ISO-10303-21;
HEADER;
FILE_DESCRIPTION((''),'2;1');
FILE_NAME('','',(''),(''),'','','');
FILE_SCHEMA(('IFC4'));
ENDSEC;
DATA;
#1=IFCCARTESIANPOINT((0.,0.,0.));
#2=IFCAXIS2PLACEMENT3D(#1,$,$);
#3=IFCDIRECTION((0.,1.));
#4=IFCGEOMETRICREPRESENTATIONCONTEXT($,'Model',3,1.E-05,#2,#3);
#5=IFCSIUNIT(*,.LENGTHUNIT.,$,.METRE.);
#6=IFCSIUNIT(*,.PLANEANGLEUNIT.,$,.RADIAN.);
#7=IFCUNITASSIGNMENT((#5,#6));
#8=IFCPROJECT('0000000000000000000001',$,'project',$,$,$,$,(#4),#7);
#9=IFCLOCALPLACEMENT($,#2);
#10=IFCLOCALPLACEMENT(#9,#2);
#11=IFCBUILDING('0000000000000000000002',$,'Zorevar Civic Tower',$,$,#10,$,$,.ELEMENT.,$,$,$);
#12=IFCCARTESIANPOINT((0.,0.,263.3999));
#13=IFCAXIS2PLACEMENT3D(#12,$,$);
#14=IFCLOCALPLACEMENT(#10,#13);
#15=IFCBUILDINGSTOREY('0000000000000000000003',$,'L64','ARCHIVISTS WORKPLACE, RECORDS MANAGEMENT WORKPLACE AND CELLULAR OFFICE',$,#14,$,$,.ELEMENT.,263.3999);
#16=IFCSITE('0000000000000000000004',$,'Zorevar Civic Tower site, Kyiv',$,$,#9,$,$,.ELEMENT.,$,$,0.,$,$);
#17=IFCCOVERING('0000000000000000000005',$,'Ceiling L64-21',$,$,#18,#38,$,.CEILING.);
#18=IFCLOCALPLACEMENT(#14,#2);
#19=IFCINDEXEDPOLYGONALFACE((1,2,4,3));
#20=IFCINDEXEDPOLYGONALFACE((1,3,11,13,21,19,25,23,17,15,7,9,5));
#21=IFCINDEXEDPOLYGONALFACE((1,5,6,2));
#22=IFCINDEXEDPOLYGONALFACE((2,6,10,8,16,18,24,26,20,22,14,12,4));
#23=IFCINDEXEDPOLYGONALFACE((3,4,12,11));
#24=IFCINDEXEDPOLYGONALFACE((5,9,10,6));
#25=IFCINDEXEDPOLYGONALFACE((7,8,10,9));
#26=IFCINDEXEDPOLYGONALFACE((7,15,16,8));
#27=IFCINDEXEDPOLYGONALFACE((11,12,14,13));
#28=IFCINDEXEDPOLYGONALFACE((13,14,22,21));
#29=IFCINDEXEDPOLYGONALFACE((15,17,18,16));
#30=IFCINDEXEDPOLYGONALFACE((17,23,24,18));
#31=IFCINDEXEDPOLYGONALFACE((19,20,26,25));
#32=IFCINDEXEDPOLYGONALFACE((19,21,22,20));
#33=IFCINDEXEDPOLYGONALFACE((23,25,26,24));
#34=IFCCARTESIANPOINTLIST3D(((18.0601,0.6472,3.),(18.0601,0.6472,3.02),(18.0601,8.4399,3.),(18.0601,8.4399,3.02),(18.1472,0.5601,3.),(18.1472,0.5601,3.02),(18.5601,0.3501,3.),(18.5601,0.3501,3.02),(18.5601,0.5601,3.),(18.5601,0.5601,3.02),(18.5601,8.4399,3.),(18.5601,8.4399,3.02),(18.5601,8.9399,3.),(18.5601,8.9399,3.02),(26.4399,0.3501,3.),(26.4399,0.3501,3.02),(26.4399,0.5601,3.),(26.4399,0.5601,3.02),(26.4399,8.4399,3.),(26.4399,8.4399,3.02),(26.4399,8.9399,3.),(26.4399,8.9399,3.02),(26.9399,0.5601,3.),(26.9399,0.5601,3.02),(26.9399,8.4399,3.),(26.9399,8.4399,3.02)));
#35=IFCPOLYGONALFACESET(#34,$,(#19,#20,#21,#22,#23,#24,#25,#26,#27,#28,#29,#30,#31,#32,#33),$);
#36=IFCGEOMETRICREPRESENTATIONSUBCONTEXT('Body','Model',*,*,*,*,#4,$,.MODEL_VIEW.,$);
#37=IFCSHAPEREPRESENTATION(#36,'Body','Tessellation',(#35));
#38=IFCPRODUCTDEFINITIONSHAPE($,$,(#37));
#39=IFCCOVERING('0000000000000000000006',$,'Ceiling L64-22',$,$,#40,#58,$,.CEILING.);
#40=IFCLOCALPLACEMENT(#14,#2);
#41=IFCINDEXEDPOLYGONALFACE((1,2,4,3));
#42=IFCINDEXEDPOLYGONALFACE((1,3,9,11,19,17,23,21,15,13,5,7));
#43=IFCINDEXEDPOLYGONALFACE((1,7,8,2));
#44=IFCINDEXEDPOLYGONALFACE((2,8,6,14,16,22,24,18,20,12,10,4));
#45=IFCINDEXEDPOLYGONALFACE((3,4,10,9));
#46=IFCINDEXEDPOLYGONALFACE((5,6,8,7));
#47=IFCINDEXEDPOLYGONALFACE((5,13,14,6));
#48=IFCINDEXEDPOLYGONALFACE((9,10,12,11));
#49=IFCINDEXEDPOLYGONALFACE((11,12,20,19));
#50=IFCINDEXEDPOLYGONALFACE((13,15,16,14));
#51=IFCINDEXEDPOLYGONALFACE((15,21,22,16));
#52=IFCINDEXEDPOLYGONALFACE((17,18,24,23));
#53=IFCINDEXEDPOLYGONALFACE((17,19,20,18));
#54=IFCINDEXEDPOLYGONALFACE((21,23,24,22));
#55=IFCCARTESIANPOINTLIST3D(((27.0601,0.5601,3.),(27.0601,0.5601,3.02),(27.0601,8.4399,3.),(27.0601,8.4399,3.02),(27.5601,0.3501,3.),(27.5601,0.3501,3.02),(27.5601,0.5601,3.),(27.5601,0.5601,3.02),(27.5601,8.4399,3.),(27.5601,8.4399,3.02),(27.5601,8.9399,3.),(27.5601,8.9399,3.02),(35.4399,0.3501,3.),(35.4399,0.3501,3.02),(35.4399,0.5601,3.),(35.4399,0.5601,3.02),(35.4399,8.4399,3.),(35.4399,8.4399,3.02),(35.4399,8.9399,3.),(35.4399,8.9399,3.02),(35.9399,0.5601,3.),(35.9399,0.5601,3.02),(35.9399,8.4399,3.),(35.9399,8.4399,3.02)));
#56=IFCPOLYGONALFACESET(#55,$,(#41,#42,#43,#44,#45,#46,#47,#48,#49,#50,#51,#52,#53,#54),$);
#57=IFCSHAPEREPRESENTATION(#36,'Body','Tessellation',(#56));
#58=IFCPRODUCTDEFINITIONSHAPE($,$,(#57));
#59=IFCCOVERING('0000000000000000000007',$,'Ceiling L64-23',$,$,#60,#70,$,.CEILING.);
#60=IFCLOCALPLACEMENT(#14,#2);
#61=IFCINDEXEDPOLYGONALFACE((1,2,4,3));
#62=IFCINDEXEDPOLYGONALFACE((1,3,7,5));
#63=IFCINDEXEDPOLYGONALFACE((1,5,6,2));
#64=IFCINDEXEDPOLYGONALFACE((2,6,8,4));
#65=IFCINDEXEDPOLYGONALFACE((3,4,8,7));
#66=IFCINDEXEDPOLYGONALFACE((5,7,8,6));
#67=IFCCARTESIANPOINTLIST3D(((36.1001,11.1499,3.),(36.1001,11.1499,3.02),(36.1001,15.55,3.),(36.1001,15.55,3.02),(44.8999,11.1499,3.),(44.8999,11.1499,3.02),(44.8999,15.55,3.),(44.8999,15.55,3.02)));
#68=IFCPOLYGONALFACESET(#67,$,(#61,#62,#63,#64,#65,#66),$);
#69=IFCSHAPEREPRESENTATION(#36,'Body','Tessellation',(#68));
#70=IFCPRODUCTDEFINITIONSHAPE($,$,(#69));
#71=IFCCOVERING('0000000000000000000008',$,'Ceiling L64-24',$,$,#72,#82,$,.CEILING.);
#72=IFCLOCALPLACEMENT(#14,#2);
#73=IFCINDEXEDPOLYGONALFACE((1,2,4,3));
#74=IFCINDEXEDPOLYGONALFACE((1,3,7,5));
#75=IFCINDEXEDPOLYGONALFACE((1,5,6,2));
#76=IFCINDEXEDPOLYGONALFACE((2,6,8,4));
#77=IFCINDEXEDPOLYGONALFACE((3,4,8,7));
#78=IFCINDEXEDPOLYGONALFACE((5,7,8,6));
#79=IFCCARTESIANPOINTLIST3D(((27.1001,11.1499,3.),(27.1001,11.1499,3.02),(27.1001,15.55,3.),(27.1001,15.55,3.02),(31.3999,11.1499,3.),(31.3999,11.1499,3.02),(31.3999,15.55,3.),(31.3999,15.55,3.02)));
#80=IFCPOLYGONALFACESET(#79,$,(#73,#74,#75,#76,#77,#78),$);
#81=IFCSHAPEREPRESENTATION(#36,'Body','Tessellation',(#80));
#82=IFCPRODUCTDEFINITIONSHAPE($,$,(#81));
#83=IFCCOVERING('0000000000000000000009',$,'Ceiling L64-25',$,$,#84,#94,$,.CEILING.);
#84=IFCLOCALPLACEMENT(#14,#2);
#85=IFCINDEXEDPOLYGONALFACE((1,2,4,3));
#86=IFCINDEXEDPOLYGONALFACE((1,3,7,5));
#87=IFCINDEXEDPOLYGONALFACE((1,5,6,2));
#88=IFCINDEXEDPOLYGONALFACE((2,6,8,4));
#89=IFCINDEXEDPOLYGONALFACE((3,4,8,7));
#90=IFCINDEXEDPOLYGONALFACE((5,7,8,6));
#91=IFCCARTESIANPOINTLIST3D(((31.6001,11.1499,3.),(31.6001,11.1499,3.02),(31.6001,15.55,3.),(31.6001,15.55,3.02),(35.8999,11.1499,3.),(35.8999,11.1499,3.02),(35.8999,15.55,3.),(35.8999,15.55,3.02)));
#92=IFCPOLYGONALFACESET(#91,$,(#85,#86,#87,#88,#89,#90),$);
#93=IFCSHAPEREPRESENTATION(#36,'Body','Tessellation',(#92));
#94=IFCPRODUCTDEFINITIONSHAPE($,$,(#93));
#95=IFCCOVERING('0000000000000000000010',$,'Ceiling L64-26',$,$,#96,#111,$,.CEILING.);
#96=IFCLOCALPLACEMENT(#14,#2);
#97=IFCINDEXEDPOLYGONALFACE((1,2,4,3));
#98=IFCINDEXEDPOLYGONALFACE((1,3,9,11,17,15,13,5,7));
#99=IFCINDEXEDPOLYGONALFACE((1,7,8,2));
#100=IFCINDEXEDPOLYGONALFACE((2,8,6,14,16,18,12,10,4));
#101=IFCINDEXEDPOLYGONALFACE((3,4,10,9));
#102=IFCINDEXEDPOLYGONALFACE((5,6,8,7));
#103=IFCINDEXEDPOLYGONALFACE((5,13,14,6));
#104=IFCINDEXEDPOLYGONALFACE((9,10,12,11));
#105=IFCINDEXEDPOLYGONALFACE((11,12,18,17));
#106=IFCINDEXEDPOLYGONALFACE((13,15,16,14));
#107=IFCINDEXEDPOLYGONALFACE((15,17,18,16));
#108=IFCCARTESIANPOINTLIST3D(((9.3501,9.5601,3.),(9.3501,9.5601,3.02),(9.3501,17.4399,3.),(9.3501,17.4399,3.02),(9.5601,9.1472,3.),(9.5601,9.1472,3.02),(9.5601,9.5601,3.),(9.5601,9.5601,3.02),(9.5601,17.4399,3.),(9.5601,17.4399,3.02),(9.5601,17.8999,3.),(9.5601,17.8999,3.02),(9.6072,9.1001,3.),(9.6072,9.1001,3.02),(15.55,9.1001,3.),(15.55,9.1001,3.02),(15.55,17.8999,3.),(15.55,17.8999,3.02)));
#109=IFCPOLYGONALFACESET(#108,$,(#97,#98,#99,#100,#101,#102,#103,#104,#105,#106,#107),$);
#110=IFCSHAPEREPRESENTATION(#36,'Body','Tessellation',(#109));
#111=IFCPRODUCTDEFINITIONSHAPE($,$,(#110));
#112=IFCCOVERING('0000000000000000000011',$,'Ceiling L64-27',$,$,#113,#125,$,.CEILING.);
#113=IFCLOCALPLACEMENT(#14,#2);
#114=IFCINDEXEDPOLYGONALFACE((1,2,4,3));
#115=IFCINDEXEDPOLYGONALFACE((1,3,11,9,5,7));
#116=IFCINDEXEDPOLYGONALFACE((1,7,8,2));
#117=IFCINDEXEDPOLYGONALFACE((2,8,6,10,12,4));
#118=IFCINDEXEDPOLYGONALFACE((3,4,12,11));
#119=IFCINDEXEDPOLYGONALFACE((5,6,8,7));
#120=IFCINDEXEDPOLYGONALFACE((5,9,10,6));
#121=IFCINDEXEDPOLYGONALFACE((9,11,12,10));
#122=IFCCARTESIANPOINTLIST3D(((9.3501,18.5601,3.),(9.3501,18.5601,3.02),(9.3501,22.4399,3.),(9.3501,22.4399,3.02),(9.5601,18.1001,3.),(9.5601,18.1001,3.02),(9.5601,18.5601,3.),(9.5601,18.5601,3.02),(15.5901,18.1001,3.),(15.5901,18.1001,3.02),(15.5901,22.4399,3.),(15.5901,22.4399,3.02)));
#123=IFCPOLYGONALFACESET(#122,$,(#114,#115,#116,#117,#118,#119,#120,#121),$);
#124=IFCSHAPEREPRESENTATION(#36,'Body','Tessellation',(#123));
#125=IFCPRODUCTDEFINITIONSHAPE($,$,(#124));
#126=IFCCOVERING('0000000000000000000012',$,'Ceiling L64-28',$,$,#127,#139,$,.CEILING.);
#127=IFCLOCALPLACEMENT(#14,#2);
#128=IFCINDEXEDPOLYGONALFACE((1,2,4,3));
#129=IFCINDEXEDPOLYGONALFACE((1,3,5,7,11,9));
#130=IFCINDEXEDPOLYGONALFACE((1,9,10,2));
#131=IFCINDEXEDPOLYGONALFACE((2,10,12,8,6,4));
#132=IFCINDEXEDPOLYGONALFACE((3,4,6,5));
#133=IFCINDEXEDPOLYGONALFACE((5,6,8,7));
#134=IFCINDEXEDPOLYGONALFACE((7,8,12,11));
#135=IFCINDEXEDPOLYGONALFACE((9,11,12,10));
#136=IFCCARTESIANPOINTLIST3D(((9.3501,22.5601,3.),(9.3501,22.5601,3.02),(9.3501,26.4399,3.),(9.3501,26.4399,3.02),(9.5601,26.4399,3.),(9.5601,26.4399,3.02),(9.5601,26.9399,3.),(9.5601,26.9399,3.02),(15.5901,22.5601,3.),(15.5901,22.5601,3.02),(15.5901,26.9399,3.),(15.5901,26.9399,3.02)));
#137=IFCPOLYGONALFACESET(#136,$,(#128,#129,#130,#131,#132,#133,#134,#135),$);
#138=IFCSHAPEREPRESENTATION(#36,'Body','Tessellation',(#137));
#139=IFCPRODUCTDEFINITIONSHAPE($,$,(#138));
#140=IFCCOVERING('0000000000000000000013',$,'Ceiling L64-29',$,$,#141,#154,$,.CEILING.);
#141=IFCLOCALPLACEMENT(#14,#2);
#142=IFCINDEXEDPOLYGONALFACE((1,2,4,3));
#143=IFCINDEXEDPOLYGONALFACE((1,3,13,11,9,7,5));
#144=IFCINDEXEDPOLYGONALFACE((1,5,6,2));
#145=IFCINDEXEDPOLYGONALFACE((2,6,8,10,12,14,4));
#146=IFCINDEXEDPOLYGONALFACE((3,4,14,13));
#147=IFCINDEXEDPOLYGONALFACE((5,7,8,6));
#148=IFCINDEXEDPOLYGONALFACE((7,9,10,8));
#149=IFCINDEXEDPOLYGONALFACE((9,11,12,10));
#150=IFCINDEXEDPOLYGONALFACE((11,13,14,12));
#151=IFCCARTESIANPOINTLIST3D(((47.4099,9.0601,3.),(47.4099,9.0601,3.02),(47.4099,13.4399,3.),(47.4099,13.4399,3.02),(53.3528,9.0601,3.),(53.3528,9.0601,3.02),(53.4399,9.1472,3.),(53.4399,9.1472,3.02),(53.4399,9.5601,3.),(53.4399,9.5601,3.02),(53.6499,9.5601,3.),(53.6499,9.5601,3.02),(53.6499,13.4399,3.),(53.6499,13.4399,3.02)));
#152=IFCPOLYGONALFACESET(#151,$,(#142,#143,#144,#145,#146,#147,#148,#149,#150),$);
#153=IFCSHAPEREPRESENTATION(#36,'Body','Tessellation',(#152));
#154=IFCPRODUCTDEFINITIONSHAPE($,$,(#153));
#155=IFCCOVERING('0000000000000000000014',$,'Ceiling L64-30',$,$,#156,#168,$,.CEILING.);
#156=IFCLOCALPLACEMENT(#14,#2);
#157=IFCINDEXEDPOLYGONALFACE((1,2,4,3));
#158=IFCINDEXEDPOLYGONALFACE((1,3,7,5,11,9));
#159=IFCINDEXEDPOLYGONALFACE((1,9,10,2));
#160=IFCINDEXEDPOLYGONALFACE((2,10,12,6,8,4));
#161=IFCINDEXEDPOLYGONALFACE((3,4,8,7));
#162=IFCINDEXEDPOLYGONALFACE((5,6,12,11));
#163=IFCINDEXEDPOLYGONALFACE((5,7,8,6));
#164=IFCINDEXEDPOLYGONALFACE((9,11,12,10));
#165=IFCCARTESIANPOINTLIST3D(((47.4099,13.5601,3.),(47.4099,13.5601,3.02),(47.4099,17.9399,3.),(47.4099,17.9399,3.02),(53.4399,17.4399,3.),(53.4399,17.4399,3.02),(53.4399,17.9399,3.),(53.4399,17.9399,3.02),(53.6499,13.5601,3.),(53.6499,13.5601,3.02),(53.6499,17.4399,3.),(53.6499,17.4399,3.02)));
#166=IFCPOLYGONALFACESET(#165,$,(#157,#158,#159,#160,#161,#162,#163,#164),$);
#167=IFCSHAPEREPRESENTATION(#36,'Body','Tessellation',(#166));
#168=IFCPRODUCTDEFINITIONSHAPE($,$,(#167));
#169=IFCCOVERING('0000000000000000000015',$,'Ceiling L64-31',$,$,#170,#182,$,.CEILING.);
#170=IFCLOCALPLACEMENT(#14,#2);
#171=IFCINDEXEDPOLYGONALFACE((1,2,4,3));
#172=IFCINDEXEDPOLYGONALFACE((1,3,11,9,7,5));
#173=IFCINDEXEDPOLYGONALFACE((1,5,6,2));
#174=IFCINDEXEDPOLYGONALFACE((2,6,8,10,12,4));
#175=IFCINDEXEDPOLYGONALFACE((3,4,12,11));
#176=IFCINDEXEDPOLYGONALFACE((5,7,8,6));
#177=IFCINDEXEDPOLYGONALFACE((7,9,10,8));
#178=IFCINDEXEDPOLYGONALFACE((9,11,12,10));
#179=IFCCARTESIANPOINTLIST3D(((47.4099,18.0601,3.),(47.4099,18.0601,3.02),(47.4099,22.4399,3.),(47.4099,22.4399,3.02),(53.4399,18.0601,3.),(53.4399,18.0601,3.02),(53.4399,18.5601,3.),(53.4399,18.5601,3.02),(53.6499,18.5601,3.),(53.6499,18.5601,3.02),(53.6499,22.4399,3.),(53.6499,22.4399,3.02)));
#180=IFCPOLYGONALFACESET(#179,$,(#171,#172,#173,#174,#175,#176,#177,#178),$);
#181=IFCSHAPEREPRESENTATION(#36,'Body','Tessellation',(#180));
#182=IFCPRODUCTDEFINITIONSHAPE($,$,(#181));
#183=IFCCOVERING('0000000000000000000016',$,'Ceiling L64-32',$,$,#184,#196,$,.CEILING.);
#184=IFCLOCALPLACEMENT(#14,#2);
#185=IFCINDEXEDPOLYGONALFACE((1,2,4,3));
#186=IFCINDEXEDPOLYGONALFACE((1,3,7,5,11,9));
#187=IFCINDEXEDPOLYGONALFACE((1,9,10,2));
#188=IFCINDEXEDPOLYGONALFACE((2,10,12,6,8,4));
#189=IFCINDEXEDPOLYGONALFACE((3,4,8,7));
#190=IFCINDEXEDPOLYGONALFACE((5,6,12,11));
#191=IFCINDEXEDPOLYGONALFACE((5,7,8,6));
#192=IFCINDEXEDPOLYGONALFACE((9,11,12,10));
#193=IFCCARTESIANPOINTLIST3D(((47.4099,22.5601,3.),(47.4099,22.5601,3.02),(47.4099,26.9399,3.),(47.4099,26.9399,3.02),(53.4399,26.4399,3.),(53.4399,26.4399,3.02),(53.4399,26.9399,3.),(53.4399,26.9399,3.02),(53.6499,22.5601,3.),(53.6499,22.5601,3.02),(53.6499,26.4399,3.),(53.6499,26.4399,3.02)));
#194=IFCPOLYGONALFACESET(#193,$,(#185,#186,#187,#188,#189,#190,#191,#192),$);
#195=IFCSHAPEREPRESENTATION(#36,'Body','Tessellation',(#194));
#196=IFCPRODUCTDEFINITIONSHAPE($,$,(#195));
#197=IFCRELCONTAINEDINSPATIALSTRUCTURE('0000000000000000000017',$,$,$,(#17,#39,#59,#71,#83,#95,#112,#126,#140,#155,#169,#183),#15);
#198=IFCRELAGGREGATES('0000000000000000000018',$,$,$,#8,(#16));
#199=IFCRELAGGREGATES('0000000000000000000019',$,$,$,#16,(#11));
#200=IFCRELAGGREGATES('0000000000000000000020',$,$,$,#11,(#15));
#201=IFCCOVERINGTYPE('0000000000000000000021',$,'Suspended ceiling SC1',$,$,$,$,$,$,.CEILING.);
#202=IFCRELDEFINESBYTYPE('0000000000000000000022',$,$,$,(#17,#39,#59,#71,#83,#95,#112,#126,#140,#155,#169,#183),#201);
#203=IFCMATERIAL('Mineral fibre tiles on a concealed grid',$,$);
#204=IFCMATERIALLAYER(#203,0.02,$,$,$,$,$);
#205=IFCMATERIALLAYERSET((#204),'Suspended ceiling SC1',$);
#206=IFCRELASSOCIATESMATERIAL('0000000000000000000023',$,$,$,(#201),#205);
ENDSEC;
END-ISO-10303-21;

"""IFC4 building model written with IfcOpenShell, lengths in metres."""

from ifc_helpers import new_model, si_unit, direction, frame, origin, place, context, subcontext, project, spatial, polyline, outline, extrude, material, layer, layer_set, type_object, element, save


model = new_model("IFC4")

# Units and contexts
model_context = context("Model", 3, precision=1e-05, world=origin(), true_north=direction((0.0, 1.0)))
body_context = subcontext(model_context, "Body", "Model", "MODEL_VIEW")
ifc_project = project(units=[si_unit("LENGTHUNIT", "METRE"), si_unit("PLANEANGLEUNIT", "RADIAN")], contexts=[model_context])

# Site, building, storey
site_placement = place(None, origin())
site = spatial("IfcSite", under=ifc_project, at=site_placement, Name="Zorevar Civic Tower site, Kyiv", CompositionType="ELEMENT", RefElevation=0.0)
building_placement = place(site_placement, origin())
building = spatial("IfcBuilding", under=site, at=building_placement, Name="Zorevar Civic Tower", CompositionType="ELEMENT")
storey_placement = place(building_placement, frame((0.0, 0.0, 263.3999)))
storey = spatial("IfcBuildingStorey", under=building, at=storey_placement, Name="L64", Description="ARCHIVISTS WORKPLACE, RECORDS MANAGEMENT WORKPLACE AND CELLULAR OFFICE", CompositionType="ELEMENT", Elevation=263.3999)

# Coverings
ifc_material_1 = material(Name="Mineral fibre tiles on a concealed grid")
ifc_layer_1 = layer(ifc_material_1, 0.02)
ifc_layer_set_1 = layer_set([ifc_layer_1], Name="Suspended ceiling SC1")
covering_type_1 = type_object("IfcCoveringType", Name="Suspended ceiling SC1", PredefinedType="CEILING", material=ifc_layer_set_1)
covering_1_placement = place(storey_placement, frame((0.0, 0.0, 3.0)))
element("IfcCovering", 1, at=covering_1_placement, inside=storey, type_object=covering_type_1, Name="Ceiling L64-21", PredefinedType="CEILING", context=body_context, shape_type="SweptSolid", body=[
    extrude(outline(polyline([(18.0601, 8.4399), (18.5601, 8.4399), (18.5601, 8.9399), (26.4399, 8.9399), (26.4399, 8.4399), (26.9399, 8.4399), (26.9399, 0.5601), (26.4399, 0.5601), (26.4399, 0.3501), (18.5601, 0.3501), (18.5601, 0.5601), (18.1472, 0.5601), (18.0601, 0.6472), (18.0601, 8.4399)])), origin(), (0.0, 0.0, 1.0), 0.02),
])
covering_2_placement = place(storey_placement, frame((0.0, 0.0, 3.0)))
element("IfcCovering", 2, at=covering_2_placement, inside=storey, type_object=covering_type_1, Name="Ceiling L64-22", PredefinedType="CEILING", context=body_context, shape_type="SweptSolid", body=[
    extrude(outline(polyline([(27.0601, 0.5601), (27.0601, 8.4399), (27.5601, 8.4399), (27.5601, 8.9399), (35.4399, 8.9399), (35.4399, 8.4399), (35.9399, 8.4399), (35.9399, 0.5601), (35.4399, 0.5601), (35.4399, 0.3501), (27.5601, 0.3501), (27.5601, 0.5601), (27.0601, 0.5601)])), origin(), (0.0, 0.0, 1.0), 0.02),
])
covering_3_placement = place(storey_placement, frame((0.0, 0.0, 3.0)))
element("IfcCovering", 3, at=covering_3_placement, inside=storey, type_object=covering_type_1, Name="Ceiling L64-23", PredefinedType="CEILING", context=body_context, shape_type="SweptSolid", body=[
    extrude(outline(polyline([(36.1001, 11.1499), (36.1001, 15.55), (44.8999, 15.55), (44.8999, 11.1499), (36.1001, 11.1499)])), origin(), (0.0, 0.0, 1.0), 0.02),
])
covering_4_placement = place(storey_placement, frame((0.0, 0.0, 3.0)))
element("IfcCovering", 4, at=covering_4_placement, inside=storey, type_object=covering_type_1, Name="Ceiling L64-24", PredefinedType="CEILING", context=body_context, shape_type="SweptSolid", body=[
    extrude(outline(polyline([(27.1001, 11.1499), (27.1001, 15.55), (31.3999, 15.55), (31.3999, 11.1499), (27.1001, 11.1499)])), origin(), (0.0, 0.0, 1.0), 0.02),
])
covering_5_placement = place(storey_placement, frame((0.0, 0.0, 3.0)))
element("IfcCovering", 5, at=covering_5_placement, inside=storey, type_object=covering_type_1, Name="Ceiling L64-25", PredefinedType="CEILING", context=body_context, shape_type="SweptSolid", body=[
    extrude(outline(polyline([(31.6001, 15.55), (35.8999, 15.55), (35.8999, 11.1499), (31.6001, 11.1499), (31.6001, 15.55)])), origin(), (0.0, 0.0, 1.0), 0.02),
])
covering_6_placement = place(storey_placement, frame((0.0, 0.0, 3.0)))
element("IfcCovering", 6, at=covering_6_placement, inside=storey, type_object=covering_type_1, Name="Ceiling L64-26", PredefinedType="CEILING", context=body_context, shape_type="SweptSolid", body=[
    extrude(outline(polyline([(9.3501, 9.5601), (9.3501, 17.4399), (9.5601, 17.4399), (9.5601, 17.8999), (15.55, 17.8999), (15.55, 9.1001), (9.6072, 9.1001), (9.5601, 9.1472), (9.5601, 9.5601), (9.3501, 9.5601)])), origin(), (0.0, 0.0, 1.0), 0.02),
])
covering_7_placement = place(storey_placement, frame((0.0, 0.0, 3.0)))
element("IfcCovering", 7, at=covering_7_placement, inside=storey, type_object=covering_type_1, Name="Ceiling L64-27", PredefinedType="CEILING", context=body_context, shape_type="SweptSolid", body=[
    extrude(outline(polyline([(15.5901, 18.1001), (9.5601, 18.1001), (9.5601, 18.5601), (9.3501, 18.5601), (9.3501, 22.4399), (15.5901, 22.4399), (15.5901, 18.1001)])), origin(), (0.0, 0.0, 1.0), 0.02),
])
covering_8_placement = place(storey_placement, frame((0.0, 0.0, 3.0)))
element("IfcCovering", 8, at=covering_8_placement, inside=storey, type_object=covering_type_1, Name="Ceiling L64-28", PredefinedType="CEILING", context=body_context, shape_type="SweptSolid", body=[
    extrude(outline(polyline([(15.5901, 22.5601), (9.3501, 22.5601), (9.3501, 26.4399), (9.5601, 26.4399), (9.5601, 26.9399), (15.5901, 26.9399), (15.5901, 22.5601)])), origin(), (0.0, 0.0, 1.0), 0.02),
])
covering_9_placement = place(storey_placement, frame((0.0, 0.0, 3.0)))
element("IfcCovering", 9, at=covering_9_placement, inside=storey, type_object=covering_type_1, Name="Ceiling L64-29", PredefinedType="CEILING", context=body_context, shape_type="SweptSolid", body=[
    extrude(outline(polyline([(53.6499, 13.4399), (53.6499, 9.5601), (53.4399, 9.5601), (53.4399, 9.1472), (53.3528, 9.0601), (47.4099, 9.0601), (47.4099, 13.4399), (53.6499, 13.4399)])), origin(), (0.0, 0.0, 1.0), 0.02),
])
covering_10_placement = place(storey_placement, frame((0.0, 0.0, 3.0)))
element("IfcCovering", 10, at=covering_10_placement, inside=storey, type_object=covering_type_1, Name="Ceiling L64-30", PredefinedType="CEILING", context=body_context, shape_type="SweptSolid", body=[
    extrude(outline(polyline([(47.4099, 17.9399), (53.4399, 17.9399), (53.4399, 17.4399), (53.6499, 17.4399), (53.6499, 13.5601), (47.4099, 13.5601), (47.4099, 17.9399)])), origin(), (0.0, 0.0, 1.0), 0.02),
])
covering_11_placement = place(storey_placement, frame((0.0, 0.0, 3.0)))
element("IfcCovering", 11, at=covering_11_placement, inside=storey, type_object=covering_type_1, Name="Ceiling L64-31", PredefinedType="CEILING", context=body_context, shape_type="SweptSolid", body=[
    extrude(outline(polyline([(47.4099, 22.4399), (53.6499, 22.4399), (53.6499, 18.5601), (53.4399, 18.5601), (53.4399, 18.0601), (47.4099, 18.0601), (47.4099, 22.4399)])), origin(), (0.0, 0.0, 1.0), 0.02),
])
covering_12_placement = place(storey_placement, frame((0.0, 0.0, 3.0)))
element("IfcCovering", 12, at=covering_12_placement, inside=storey, type_object=covering_type_1, Name="Ceiling L64-32", PredefinedType="CEILING", context=body_context, shape_type="SweptSolid", body=[
    extrude(outline(polyline([(47.4099, 26.9399), (53.4399, 26.9399), (53.4399, 26.4399), (53.6499, 26.4399), (53.6499, 22.5601), (47.4099, 22.5601), (47.4099, 26.9399)])), origin(), (0.0, 0.0, 1.0), 0.02),
])

save(model, "model.ifc")
